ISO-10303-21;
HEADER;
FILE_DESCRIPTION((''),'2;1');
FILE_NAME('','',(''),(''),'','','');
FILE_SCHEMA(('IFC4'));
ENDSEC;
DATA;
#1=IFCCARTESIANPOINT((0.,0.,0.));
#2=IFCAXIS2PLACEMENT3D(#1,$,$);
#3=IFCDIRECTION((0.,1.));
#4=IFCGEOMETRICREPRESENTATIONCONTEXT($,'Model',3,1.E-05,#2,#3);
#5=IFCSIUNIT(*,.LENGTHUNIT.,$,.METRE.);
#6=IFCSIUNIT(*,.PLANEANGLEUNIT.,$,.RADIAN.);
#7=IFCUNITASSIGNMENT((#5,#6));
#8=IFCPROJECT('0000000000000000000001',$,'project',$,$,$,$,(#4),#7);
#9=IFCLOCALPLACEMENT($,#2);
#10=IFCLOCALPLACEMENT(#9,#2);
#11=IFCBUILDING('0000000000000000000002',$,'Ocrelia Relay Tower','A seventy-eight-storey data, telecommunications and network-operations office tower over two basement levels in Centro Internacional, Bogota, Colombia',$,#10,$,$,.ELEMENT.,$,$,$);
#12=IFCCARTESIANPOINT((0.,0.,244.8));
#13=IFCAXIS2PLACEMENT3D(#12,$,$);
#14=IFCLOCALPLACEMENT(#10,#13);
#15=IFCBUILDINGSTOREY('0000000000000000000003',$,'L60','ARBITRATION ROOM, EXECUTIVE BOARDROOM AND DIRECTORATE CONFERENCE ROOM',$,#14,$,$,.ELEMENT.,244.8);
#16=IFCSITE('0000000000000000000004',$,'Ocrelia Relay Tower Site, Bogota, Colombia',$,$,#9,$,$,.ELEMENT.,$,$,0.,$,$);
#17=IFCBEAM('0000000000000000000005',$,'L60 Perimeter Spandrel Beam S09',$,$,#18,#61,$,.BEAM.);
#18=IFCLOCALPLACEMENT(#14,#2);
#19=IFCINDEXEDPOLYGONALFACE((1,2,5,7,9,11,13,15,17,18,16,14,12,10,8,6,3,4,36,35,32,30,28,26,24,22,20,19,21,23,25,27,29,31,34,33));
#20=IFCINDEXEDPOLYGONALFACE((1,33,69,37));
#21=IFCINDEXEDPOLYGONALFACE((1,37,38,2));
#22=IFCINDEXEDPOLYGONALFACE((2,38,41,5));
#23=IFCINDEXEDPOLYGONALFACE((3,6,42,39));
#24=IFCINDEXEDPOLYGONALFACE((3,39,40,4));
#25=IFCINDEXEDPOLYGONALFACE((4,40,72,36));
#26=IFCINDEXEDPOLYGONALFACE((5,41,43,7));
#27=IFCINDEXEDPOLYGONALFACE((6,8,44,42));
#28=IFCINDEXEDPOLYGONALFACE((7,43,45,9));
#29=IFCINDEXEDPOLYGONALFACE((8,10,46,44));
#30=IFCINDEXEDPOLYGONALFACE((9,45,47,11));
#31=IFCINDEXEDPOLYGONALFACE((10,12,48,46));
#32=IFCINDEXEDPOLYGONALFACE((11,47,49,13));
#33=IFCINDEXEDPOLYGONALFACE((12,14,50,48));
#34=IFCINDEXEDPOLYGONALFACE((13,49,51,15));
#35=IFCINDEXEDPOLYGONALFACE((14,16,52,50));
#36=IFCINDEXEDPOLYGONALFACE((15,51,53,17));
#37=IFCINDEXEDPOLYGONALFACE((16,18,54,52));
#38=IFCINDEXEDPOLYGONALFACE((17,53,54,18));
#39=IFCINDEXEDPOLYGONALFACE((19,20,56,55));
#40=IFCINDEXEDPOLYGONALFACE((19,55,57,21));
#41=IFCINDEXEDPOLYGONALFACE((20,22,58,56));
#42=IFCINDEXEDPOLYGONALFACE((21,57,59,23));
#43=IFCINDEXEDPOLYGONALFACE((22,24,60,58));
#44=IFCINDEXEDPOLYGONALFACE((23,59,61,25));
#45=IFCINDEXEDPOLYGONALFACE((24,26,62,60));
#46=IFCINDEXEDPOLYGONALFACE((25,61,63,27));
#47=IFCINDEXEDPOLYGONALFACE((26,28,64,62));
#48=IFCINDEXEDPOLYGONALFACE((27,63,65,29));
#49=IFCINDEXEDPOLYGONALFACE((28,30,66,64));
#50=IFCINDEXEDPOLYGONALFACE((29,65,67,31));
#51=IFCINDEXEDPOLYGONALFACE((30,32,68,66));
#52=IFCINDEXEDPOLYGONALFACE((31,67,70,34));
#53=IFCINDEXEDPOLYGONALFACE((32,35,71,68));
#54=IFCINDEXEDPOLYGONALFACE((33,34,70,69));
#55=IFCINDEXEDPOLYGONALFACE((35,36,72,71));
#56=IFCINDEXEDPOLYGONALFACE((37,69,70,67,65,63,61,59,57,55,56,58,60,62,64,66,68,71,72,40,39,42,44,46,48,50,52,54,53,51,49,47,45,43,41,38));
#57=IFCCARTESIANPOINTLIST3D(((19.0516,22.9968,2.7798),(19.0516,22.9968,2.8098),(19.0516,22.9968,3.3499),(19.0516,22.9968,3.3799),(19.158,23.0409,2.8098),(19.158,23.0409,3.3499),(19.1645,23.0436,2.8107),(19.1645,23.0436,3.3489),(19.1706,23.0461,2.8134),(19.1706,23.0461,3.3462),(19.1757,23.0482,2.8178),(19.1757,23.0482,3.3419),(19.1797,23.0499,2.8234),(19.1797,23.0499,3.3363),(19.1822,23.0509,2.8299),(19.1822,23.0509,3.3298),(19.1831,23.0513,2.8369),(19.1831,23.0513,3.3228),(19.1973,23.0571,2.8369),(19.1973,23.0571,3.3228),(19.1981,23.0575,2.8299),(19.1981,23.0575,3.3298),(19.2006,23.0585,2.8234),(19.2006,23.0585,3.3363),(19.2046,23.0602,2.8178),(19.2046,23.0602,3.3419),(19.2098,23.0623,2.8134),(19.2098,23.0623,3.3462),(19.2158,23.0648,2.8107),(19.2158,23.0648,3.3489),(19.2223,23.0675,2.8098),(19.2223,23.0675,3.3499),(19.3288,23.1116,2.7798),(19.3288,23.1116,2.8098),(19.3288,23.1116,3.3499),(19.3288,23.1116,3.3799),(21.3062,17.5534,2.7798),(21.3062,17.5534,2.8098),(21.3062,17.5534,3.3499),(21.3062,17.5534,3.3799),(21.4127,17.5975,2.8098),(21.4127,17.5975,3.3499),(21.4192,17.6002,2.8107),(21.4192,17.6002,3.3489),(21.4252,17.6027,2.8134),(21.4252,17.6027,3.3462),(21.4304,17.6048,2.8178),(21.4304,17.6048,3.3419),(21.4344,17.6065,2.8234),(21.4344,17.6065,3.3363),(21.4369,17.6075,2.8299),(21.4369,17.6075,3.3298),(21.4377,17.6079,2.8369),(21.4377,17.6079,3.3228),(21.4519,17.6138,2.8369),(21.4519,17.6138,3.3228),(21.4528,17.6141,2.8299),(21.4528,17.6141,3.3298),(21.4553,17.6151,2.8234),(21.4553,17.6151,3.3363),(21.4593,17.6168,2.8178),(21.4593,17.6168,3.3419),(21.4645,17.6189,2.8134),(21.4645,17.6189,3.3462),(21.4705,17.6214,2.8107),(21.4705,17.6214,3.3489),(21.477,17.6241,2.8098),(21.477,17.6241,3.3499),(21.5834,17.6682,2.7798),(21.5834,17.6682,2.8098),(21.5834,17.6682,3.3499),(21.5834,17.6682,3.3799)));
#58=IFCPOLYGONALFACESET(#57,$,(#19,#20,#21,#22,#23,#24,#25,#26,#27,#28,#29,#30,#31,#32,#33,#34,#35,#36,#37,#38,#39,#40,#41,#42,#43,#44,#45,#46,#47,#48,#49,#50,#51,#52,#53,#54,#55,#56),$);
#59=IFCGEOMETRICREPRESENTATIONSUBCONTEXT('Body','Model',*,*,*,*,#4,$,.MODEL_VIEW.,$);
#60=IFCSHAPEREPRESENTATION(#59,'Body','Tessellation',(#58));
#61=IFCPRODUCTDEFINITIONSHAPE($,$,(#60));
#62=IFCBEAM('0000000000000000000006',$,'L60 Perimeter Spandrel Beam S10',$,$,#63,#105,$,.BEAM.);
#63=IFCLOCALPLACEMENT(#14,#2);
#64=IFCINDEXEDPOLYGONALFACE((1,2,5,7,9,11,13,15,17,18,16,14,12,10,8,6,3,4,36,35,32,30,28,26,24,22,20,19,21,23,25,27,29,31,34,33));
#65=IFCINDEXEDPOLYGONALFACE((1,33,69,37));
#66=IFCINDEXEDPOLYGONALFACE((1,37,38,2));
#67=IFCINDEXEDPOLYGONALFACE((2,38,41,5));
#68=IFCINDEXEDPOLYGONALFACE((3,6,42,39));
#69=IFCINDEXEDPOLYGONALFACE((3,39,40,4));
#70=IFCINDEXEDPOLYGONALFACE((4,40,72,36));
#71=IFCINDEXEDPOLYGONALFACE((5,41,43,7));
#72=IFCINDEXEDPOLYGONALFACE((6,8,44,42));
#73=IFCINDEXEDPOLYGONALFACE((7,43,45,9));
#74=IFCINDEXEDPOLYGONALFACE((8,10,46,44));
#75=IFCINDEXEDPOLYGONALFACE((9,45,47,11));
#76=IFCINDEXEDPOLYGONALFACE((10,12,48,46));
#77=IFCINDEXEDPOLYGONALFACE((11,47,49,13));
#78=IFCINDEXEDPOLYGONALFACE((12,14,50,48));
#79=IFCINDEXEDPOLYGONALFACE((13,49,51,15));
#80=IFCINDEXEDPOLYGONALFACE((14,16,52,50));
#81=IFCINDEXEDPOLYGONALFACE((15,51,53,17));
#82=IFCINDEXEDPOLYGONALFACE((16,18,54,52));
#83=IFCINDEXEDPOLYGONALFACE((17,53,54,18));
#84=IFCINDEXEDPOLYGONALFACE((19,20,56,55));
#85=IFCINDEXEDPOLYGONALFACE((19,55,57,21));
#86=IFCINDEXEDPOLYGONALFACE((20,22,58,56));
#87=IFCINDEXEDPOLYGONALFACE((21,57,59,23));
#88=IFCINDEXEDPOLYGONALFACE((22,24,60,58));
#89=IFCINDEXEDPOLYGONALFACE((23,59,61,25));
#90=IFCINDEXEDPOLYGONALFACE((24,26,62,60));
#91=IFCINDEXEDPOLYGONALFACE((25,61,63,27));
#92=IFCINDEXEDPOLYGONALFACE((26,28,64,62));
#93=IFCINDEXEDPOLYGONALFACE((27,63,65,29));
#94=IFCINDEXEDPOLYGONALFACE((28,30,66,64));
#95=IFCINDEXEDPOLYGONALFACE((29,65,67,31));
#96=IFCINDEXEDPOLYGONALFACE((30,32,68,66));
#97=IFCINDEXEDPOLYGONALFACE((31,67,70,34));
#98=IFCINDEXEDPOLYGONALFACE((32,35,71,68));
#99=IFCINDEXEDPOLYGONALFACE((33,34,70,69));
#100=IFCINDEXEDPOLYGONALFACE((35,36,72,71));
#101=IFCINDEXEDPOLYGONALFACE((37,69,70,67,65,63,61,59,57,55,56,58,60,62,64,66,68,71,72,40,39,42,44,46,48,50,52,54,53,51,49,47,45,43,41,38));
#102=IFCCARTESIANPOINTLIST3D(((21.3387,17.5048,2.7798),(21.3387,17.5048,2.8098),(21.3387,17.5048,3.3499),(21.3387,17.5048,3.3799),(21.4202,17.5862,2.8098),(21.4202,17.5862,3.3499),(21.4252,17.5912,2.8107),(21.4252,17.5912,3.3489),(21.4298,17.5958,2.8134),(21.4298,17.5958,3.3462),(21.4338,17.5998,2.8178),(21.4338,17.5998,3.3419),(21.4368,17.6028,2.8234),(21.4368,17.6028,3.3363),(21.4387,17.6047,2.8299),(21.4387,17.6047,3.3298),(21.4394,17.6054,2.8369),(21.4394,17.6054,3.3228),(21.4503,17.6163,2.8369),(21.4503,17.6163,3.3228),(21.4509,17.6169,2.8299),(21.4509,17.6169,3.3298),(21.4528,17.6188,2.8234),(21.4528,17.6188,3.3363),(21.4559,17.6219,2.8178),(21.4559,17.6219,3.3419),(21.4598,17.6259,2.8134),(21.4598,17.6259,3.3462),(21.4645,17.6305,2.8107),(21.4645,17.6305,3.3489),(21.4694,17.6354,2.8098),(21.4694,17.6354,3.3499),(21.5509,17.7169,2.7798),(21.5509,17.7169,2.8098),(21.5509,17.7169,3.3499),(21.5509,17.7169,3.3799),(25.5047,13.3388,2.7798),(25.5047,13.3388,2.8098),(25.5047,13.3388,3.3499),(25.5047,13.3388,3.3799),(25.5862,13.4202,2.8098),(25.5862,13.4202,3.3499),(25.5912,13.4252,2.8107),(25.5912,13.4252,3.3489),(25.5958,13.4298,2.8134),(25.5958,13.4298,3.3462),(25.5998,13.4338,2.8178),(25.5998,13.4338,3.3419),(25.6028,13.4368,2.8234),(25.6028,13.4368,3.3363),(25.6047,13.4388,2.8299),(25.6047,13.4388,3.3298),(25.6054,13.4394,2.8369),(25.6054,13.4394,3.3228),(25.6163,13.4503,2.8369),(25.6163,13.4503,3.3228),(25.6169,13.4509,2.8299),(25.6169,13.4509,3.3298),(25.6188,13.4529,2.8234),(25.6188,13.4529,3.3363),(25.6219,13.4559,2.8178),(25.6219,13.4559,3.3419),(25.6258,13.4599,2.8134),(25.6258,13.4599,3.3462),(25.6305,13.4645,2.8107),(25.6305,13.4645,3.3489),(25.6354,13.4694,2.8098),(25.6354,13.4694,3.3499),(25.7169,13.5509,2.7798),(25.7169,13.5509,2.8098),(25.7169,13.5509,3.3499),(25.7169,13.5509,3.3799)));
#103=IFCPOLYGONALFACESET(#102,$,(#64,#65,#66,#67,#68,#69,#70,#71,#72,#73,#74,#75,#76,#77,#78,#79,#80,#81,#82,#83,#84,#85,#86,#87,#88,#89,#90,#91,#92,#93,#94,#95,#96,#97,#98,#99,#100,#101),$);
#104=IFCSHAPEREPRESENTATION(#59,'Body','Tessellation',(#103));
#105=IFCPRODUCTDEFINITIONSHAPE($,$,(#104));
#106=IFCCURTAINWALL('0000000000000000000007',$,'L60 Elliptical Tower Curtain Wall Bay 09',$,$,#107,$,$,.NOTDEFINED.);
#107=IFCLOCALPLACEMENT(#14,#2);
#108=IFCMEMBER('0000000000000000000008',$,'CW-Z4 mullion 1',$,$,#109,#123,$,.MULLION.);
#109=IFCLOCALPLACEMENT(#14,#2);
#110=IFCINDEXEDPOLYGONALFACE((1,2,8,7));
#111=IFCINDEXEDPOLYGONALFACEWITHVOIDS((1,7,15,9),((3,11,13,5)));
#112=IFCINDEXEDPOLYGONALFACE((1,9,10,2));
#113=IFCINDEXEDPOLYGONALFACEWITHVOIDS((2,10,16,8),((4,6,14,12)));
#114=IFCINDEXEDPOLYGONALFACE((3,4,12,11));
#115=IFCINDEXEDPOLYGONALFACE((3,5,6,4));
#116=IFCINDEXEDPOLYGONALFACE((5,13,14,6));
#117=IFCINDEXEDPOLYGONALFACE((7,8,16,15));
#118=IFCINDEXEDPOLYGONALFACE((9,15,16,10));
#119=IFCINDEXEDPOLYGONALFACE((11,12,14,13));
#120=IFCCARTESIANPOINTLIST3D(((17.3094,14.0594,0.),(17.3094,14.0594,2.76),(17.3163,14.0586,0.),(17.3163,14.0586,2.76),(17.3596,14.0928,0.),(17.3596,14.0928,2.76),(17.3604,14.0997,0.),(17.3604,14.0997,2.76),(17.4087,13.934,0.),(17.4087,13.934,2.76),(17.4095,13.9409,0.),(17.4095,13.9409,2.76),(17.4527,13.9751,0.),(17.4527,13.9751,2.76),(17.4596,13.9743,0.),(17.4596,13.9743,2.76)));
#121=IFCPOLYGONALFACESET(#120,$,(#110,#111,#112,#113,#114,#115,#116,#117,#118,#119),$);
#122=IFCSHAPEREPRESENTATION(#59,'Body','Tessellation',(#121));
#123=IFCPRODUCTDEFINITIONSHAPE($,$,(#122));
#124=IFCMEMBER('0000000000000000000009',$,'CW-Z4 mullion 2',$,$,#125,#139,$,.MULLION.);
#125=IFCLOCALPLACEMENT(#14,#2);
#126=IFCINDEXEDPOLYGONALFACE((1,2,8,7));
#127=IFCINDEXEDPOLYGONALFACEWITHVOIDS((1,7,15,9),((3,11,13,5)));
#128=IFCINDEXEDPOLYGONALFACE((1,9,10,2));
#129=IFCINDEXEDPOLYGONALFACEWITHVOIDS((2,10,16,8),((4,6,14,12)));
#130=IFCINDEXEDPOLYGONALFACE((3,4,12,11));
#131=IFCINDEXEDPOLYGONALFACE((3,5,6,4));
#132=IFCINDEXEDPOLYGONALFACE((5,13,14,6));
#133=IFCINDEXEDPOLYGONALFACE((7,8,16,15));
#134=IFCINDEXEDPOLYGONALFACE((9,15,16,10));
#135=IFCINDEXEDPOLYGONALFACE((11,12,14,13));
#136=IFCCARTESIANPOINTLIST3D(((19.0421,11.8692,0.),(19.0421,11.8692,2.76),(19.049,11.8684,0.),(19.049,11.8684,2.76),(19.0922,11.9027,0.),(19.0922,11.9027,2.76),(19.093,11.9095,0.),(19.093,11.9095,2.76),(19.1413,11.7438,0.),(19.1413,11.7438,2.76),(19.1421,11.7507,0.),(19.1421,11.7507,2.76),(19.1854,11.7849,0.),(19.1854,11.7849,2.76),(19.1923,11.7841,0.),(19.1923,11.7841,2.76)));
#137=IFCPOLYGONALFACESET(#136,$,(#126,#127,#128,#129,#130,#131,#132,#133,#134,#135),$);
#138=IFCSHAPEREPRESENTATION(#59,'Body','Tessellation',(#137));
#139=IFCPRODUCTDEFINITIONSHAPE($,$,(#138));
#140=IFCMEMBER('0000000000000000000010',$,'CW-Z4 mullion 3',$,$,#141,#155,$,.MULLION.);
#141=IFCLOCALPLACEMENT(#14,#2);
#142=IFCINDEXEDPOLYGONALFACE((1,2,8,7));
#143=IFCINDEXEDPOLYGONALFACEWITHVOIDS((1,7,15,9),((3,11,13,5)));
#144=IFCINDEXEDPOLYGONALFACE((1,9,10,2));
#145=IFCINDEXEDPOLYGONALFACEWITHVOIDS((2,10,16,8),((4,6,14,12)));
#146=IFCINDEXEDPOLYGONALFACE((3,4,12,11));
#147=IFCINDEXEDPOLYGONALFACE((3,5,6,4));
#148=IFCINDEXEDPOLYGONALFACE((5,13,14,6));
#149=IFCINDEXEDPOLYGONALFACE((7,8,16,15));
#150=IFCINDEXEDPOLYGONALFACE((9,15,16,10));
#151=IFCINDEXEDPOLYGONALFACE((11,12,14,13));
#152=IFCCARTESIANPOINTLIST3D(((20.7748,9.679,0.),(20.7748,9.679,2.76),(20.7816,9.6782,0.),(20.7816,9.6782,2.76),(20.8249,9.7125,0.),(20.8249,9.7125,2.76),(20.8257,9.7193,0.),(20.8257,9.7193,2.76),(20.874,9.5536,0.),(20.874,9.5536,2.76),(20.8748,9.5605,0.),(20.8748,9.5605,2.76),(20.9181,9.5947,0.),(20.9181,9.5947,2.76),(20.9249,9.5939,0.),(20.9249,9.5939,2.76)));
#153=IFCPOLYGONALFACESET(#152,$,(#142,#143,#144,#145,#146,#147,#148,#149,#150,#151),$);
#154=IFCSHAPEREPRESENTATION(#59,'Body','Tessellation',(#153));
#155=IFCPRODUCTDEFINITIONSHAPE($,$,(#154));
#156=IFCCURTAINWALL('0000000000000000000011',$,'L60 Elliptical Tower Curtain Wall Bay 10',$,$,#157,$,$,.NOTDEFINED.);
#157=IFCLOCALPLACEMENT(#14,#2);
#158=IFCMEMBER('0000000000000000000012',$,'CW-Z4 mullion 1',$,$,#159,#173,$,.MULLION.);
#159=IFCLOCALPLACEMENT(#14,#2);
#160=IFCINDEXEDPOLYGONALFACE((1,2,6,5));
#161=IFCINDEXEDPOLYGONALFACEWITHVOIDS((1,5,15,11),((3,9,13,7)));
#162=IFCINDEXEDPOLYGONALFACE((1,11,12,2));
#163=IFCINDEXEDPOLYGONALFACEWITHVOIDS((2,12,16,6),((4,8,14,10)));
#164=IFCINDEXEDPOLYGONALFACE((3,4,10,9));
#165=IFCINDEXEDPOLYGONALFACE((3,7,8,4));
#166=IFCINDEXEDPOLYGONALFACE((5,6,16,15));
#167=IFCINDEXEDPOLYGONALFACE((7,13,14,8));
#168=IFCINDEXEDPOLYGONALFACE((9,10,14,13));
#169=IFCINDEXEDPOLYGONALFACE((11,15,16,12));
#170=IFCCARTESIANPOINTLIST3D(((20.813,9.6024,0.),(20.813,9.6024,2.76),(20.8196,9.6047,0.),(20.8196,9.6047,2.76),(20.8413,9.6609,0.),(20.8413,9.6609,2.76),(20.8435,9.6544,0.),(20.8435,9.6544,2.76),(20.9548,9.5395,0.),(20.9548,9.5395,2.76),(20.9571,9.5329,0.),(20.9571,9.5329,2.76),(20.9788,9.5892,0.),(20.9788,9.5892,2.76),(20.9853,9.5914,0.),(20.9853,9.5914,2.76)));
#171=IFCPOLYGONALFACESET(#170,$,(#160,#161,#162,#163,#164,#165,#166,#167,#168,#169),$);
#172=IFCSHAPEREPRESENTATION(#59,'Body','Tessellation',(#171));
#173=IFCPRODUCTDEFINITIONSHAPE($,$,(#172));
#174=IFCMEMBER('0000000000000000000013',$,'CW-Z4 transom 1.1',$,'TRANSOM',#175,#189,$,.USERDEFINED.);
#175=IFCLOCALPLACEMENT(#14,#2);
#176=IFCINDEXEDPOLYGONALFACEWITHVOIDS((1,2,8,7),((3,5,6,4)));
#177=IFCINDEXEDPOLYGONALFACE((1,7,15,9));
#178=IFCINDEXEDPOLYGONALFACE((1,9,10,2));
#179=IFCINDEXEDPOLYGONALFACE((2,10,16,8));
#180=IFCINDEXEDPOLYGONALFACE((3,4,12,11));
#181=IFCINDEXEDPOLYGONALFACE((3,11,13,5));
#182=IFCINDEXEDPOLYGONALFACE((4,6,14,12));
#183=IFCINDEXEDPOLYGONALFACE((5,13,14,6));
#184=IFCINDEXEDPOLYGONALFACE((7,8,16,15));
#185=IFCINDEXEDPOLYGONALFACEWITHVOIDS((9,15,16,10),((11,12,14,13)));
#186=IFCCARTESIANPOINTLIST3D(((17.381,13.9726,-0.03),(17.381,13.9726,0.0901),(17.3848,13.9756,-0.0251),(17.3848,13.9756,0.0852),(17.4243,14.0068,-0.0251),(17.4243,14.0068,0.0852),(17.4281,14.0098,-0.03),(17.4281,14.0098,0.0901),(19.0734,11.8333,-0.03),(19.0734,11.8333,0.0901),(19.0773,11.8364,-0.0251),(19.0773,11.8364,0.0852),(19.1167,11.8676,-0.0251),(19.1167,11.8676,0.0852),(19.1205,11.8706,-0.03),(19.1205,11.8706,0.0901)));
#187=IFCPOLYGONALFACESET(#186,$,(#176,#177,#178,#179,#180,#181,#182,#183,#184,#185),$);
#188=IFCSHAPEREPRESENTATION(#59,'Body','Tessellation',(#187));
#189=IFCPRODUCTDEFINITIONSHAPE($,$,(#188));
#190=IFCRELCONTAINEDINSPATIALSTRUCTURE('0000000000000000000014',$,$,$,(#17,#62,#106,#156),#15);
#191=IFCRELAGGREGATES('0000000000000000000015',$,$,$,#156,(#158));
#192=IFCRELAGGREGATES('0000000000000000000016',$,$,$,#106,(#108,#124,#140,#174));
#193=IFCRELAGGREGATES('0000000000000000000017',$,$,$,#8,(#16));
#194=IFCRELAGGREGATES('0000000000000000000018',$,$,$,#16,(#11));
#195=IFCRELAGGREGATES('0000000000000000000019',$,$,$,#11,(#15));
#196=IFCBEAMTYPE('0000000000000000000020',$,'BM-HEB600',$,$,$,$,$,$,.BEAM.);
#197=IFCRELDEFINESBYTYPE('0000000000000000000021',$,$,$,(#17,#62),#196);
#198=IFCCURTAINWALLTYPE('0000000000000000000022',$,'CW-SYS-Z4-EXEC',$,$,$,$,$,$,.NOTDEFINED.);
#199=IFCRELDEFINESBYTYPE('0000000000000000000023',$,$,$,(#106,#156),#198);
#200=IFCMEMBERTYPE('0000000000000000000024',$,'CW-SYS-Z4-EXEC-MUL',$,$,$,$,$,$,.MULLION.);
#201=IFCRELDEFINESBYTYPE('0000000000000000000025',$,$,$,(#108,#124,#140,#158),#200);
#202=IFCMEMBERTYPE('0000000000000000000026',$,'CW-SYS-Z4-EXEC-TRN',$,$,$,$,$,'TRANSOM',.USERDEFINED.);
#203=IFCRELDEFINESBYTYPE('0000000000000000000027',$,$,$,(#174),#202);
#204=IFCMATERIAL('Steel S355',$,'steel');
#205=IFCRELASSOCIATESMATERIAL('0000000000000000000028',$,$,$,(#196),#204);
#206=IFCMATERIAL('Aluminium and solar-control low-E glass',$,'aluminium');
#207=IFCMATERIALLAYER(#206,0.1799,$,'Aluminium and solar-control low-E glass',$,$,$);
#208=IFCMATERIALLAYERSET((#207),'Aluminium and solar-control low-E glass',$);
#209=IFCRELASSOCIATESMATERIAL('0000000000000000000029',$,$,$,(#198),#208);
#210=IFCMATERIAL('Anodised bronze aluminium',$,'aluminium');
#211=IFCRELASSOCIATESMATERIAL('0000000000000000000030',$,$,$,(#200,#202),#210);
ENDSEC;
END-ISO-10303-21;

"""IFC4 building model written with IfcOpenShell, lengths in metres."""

from ifc_helpers import new_model, si_unit, direction, frame, origin, origin_2d, place, context, subcontext, project, spatial, hollow_rectangle, i_section, extrude, material, layer, layer_set, material_profile, profile_set, type_object, element, aggregate, save


model = new_model("IFC4")

# Units and contexts
model_context = context("Model", 3, precision=1e-05, world=origin(), true_north=direction((0.0, 1.0)))
body_context = subcontext(model_context, "Body", "Model", "MODEL_VIEW")
ifc_project = project(units=[si_unit("LENGTHUNIT", "METRE"), si_unit("PLANEANGLEUNIT", "RADIAN")], contexts=[model_context])

# Site, building, storey
site_placement = place(None, origin())
site = spatial("IfcSite", under=ifc_project, at=site_placement, Name="Ocrelia Relay Tower Site, Bogota, Colombia", CompositionType="ELEMENT", RefElevation=0.0)
building_placement = place(site_placement, origin())
building = spatial("IfcBuilding", under=site, at=building_placement, Name="Ocrelia Relay Tower", Description="A seventy-eight-storey data, telecommunications and network-operations office tower over two basement levels in Centro Internacional, Bogota, Colombia", CompositionType="ELEMENT")
storey_placement = place(building_placement, frame((0.0, 0.0, 244.8)))
storey = spatial("IfcBuildingStorey", under=building, at=storey_placement, Name="L60", Description="ARBITRATION ROOM, EXECUTIVE BOARDROOM AND DIRECTORATE CONFERENCE ROOM", CompositionType="ELEMENT", Elevation=244.8)

# Beams
ifc_material_1 = material(Name="Steel S355", Category="steel")
ifc_material_profile_1 = material_profile(ifc_material_1, i_section(OverallWidth=0.3, OverallDepth=0.6001, WebThickness=0.0154, FlangeThickness=0.03, FilletRadius=0.0271, at=origin_2d()), Name="HEB 600")
ifc_profile_set_1 = profile_set([ifc_material_profile_1], Name="Steel S355")
beam_type_1 = type_object("IfcBeamType", Name="BM-HEB600", PredefinedType="BEAM", material=ifc_profile_set_1)
beam_1_placement = place(storey_placement, frame((19.1902, 23.0542, 3.0798), z_axis=(0.382673, -0.923884, 0.0), x_axis=(0.923884, 0.382673, 0.0)))
element("IfcBeam", 1, at=beam_1_placement, inside=storey, type_object=beam_type_1, Name="L60 Perimeter Spandrel Beam S09", PredefinedType="BEAM", context=body_context, shape_type="SweptSolid", body=[
    extrude(i_section(OverallWidth=0.3, OverallDepth=0.6001, WebThickness=0.0154, FlangeThickness=0.03, FilletRadius=0.0271, at=origin_2d()), origin(), (0.0, 0.0, 1.0), 5.8918),
])
beam_2_placement = place(storey_placement, frame((21.4448, 17.6108, 3.0798), z_axis=(0.707107, -0.707107, 0.0), x_axis=(0.707107, 0.707107, 0.0)))
element("IfcBeam", 2, at=beam_2_placement, inside=storey, type_object=beam_type_1, Name="L60 Perimeter Spandrel Beam S10", PredefinedType="BEAM", context=body_context, shape_type="SweptSolid", body=[
    extrude(i_section(OverallWidth=0.3, OverallDepth=0.6001, WebThickness=0.0154, FlangeThickness=0.03, FilletRadius=0.0271, at=origin_2d()), origin(), (0.0, 0.0, 1.0), 5.8916),
])

# Curtain wall, members
ifc_material_2 = material(Name="Aluminium and solar-control low-E glass", Category="aluminium")
ifc_layer_1 = layer(ifc_material_2, 0.1799, Name="Aluminium and solar-control low-E glass")
ifc_layer_set_1 = layer_set([ifc_layer_1], Name="Aluminium and solar-control low-E glass")
curtain_wall_type = type_object("IfcCurtainWallType", Name="CW-SYS-Z4-EXEC", PredefinedType="NOTDEFINED", material=ifc_layer_set_1)
curtain_wall_1_placement = place(storey_placement, origin())
curtain_wall_1 = element("IfcCurtainWall", 3, at=curtain_wall_1_placement, inside=storey, type_object=curtain_wall_type, Name="L60 Elliptical Tower Curtain Wall Bay 09", PredefinedType="NOTDEFINED")
ifc_material_3 = material(Name="Anodised bronze aluminium", Category="aluminium")
ifc_material_profile_2 = material_profile(ifc_material_3, hollow_rectangle(XDim=0.0649, YDim=0.1599, WallThickness=0.0049, at=origin_2d()), Name="CW-MUL-160x65")
ifc_profile_set_2 = profile_set([ifc_material_profile_2], Name="Anodised bronze aluminium")
member_type_1 = type_object("IfcMemberType", Name="CW-SYS-Z4-EXEC-MUL", PredefinedType="MULLION", material=ifc_profile_set_2)
member_1_placement = place(storey_placement, frame((17.3845, 14.0168, 0.0), z_axis=(0.0, 0.0, 1.0), x_axis=(0.784262, 0.62043, 0.0)))
member_1 = element("IfcMember", 4, at=member_1_placement, type_object=member_type_1, Name="CW-Z4 mullion 1", PredefinedType="MULLION", context=body_context, shape_type="SweptSolid", body=[
    extrude(hollow_rectangle(XDim=0.0649, YDim=0.1599, WallThickness=0.0049, at=origin_2d()), origin(), (0.0, 0.0, 1.0), 2.76),
])
member_2_placement = place(storey_placement, frame((19.1172, 11.8267, 0.0), z_axis=(0.0, 0.0, 1.0), x_axis=(0.784262, 0.62043, 0.0)))
member_2 = element("IfcMember", 5, at=member_2_placement, type_object=member_type_1, Name="CW-Z4 mullion 2", PredefinedType="MULLION", context=body_context, shape_type="SweptSolid", body=[
    extrude(hollow_rectangle(XDim=0.0649, YDim=0.1599, WallThickness=0.0049, at=origin_2d()), origin(), (0.0, 0.0, 1.0), 2.76),
])
member_3_placement = place(storey_placement, frame((20.8499, 9.6365, 0.0), z_axis=(0.0, 0.0, 1.0), x_axis=(0.784262, 0.62043, 0.0)))
member_3 = element("IfcMember", 6, at=member_3_placement, type_object=member_type_1, Name="CW-Z4 mullion 3", PredefinedType="MULLION", context=body_context, shape_type="SweptSolid", body=[
    extrude(hollow_rectangle(XDim=0.0649, YDim=0.1599, WallThickness=0.0049, at=origin_2d()), origin(), (0.0, 0.0, 1.0), 2.76),
])

# Curtain wall, member
curtain_wall_2_placement = place(storey_placement, origin())
curtain_wall_2 = element("IfcCurtainWall", 7, at=curtain_wall_2_placement, inside=storey, type_object=curtain_wall_type, Name="L60 Elliptical Tower Curtain Wall Bay 10", PredefinedType="NOTDEFINED")
member_4_placement = place(storey_placement, frame((20.8992, 9.5969, 0.0), z_axis=(0.0, 0.0, 1.0), x_axis=(0.434418, 0.900711, 0.0)))
member_4 = element("IfcMember", 8, at=member_4_placement, type_object=member_type_1, Name="CW-Z4 mullion 1", PredefinedType="MULLION", context=body_context, shape_type="SweptSolid", body=[
    extrude(hollow_rectangle(XDim=0.0649, YDim=0.1599, WallThickness=0.0049, at=origin_2d()), origin(), (0.0, 0.0, 1.0), 2.76),
])

# Member
ifc_material_profile_3 = material_profile(ifc_material_3, hollow_rectangle(XDim=0.0601, YDim=0.1201, WallThickness=0.0049, at=origin_2d()), Name="CW-TRN-120x60")
ifc_profile_set_3 = profile_set([ifc_material_profile_3], Name="Anodised bronze aluminium")
member_type_2 = type_object("IfcMemberType", Name="CW-SYS-Z4-EXEC-TRN", ElementType="TRANSOM", PredefinedType="USERDEFINED", material=ifc_profile_set_3)
member_5_placement = place(storey_placement, frame((17.4045, 13.9912, 0.03), z_axis=(0.620451, -0.784245, 0.0), x_axis=(0.784245, 0.620451, 0.0)))
member_5 = element("IfcMember", 9, at=member_5_placement, type_object=member_type_2, Name="CW-Z4 transom 1.1", ObjectType="TRANSOM", PredefinedType="USERDEFINED", context=body_context, shape_type="SweptSolid", body=[
    extrude(hollow_rectangle(XDim=0.0601, YDim=0.1201, WallThickness=0.0049, at=origin_2d()), origin(), (0.0, 0.0, 1.0), 2.7278),
])
aggregate(curtain_wall_2, [member_4])

aggregate(curtain_wall_1, [member_1, member_2, member_3, member_5])

save(model, "model.ifc")
